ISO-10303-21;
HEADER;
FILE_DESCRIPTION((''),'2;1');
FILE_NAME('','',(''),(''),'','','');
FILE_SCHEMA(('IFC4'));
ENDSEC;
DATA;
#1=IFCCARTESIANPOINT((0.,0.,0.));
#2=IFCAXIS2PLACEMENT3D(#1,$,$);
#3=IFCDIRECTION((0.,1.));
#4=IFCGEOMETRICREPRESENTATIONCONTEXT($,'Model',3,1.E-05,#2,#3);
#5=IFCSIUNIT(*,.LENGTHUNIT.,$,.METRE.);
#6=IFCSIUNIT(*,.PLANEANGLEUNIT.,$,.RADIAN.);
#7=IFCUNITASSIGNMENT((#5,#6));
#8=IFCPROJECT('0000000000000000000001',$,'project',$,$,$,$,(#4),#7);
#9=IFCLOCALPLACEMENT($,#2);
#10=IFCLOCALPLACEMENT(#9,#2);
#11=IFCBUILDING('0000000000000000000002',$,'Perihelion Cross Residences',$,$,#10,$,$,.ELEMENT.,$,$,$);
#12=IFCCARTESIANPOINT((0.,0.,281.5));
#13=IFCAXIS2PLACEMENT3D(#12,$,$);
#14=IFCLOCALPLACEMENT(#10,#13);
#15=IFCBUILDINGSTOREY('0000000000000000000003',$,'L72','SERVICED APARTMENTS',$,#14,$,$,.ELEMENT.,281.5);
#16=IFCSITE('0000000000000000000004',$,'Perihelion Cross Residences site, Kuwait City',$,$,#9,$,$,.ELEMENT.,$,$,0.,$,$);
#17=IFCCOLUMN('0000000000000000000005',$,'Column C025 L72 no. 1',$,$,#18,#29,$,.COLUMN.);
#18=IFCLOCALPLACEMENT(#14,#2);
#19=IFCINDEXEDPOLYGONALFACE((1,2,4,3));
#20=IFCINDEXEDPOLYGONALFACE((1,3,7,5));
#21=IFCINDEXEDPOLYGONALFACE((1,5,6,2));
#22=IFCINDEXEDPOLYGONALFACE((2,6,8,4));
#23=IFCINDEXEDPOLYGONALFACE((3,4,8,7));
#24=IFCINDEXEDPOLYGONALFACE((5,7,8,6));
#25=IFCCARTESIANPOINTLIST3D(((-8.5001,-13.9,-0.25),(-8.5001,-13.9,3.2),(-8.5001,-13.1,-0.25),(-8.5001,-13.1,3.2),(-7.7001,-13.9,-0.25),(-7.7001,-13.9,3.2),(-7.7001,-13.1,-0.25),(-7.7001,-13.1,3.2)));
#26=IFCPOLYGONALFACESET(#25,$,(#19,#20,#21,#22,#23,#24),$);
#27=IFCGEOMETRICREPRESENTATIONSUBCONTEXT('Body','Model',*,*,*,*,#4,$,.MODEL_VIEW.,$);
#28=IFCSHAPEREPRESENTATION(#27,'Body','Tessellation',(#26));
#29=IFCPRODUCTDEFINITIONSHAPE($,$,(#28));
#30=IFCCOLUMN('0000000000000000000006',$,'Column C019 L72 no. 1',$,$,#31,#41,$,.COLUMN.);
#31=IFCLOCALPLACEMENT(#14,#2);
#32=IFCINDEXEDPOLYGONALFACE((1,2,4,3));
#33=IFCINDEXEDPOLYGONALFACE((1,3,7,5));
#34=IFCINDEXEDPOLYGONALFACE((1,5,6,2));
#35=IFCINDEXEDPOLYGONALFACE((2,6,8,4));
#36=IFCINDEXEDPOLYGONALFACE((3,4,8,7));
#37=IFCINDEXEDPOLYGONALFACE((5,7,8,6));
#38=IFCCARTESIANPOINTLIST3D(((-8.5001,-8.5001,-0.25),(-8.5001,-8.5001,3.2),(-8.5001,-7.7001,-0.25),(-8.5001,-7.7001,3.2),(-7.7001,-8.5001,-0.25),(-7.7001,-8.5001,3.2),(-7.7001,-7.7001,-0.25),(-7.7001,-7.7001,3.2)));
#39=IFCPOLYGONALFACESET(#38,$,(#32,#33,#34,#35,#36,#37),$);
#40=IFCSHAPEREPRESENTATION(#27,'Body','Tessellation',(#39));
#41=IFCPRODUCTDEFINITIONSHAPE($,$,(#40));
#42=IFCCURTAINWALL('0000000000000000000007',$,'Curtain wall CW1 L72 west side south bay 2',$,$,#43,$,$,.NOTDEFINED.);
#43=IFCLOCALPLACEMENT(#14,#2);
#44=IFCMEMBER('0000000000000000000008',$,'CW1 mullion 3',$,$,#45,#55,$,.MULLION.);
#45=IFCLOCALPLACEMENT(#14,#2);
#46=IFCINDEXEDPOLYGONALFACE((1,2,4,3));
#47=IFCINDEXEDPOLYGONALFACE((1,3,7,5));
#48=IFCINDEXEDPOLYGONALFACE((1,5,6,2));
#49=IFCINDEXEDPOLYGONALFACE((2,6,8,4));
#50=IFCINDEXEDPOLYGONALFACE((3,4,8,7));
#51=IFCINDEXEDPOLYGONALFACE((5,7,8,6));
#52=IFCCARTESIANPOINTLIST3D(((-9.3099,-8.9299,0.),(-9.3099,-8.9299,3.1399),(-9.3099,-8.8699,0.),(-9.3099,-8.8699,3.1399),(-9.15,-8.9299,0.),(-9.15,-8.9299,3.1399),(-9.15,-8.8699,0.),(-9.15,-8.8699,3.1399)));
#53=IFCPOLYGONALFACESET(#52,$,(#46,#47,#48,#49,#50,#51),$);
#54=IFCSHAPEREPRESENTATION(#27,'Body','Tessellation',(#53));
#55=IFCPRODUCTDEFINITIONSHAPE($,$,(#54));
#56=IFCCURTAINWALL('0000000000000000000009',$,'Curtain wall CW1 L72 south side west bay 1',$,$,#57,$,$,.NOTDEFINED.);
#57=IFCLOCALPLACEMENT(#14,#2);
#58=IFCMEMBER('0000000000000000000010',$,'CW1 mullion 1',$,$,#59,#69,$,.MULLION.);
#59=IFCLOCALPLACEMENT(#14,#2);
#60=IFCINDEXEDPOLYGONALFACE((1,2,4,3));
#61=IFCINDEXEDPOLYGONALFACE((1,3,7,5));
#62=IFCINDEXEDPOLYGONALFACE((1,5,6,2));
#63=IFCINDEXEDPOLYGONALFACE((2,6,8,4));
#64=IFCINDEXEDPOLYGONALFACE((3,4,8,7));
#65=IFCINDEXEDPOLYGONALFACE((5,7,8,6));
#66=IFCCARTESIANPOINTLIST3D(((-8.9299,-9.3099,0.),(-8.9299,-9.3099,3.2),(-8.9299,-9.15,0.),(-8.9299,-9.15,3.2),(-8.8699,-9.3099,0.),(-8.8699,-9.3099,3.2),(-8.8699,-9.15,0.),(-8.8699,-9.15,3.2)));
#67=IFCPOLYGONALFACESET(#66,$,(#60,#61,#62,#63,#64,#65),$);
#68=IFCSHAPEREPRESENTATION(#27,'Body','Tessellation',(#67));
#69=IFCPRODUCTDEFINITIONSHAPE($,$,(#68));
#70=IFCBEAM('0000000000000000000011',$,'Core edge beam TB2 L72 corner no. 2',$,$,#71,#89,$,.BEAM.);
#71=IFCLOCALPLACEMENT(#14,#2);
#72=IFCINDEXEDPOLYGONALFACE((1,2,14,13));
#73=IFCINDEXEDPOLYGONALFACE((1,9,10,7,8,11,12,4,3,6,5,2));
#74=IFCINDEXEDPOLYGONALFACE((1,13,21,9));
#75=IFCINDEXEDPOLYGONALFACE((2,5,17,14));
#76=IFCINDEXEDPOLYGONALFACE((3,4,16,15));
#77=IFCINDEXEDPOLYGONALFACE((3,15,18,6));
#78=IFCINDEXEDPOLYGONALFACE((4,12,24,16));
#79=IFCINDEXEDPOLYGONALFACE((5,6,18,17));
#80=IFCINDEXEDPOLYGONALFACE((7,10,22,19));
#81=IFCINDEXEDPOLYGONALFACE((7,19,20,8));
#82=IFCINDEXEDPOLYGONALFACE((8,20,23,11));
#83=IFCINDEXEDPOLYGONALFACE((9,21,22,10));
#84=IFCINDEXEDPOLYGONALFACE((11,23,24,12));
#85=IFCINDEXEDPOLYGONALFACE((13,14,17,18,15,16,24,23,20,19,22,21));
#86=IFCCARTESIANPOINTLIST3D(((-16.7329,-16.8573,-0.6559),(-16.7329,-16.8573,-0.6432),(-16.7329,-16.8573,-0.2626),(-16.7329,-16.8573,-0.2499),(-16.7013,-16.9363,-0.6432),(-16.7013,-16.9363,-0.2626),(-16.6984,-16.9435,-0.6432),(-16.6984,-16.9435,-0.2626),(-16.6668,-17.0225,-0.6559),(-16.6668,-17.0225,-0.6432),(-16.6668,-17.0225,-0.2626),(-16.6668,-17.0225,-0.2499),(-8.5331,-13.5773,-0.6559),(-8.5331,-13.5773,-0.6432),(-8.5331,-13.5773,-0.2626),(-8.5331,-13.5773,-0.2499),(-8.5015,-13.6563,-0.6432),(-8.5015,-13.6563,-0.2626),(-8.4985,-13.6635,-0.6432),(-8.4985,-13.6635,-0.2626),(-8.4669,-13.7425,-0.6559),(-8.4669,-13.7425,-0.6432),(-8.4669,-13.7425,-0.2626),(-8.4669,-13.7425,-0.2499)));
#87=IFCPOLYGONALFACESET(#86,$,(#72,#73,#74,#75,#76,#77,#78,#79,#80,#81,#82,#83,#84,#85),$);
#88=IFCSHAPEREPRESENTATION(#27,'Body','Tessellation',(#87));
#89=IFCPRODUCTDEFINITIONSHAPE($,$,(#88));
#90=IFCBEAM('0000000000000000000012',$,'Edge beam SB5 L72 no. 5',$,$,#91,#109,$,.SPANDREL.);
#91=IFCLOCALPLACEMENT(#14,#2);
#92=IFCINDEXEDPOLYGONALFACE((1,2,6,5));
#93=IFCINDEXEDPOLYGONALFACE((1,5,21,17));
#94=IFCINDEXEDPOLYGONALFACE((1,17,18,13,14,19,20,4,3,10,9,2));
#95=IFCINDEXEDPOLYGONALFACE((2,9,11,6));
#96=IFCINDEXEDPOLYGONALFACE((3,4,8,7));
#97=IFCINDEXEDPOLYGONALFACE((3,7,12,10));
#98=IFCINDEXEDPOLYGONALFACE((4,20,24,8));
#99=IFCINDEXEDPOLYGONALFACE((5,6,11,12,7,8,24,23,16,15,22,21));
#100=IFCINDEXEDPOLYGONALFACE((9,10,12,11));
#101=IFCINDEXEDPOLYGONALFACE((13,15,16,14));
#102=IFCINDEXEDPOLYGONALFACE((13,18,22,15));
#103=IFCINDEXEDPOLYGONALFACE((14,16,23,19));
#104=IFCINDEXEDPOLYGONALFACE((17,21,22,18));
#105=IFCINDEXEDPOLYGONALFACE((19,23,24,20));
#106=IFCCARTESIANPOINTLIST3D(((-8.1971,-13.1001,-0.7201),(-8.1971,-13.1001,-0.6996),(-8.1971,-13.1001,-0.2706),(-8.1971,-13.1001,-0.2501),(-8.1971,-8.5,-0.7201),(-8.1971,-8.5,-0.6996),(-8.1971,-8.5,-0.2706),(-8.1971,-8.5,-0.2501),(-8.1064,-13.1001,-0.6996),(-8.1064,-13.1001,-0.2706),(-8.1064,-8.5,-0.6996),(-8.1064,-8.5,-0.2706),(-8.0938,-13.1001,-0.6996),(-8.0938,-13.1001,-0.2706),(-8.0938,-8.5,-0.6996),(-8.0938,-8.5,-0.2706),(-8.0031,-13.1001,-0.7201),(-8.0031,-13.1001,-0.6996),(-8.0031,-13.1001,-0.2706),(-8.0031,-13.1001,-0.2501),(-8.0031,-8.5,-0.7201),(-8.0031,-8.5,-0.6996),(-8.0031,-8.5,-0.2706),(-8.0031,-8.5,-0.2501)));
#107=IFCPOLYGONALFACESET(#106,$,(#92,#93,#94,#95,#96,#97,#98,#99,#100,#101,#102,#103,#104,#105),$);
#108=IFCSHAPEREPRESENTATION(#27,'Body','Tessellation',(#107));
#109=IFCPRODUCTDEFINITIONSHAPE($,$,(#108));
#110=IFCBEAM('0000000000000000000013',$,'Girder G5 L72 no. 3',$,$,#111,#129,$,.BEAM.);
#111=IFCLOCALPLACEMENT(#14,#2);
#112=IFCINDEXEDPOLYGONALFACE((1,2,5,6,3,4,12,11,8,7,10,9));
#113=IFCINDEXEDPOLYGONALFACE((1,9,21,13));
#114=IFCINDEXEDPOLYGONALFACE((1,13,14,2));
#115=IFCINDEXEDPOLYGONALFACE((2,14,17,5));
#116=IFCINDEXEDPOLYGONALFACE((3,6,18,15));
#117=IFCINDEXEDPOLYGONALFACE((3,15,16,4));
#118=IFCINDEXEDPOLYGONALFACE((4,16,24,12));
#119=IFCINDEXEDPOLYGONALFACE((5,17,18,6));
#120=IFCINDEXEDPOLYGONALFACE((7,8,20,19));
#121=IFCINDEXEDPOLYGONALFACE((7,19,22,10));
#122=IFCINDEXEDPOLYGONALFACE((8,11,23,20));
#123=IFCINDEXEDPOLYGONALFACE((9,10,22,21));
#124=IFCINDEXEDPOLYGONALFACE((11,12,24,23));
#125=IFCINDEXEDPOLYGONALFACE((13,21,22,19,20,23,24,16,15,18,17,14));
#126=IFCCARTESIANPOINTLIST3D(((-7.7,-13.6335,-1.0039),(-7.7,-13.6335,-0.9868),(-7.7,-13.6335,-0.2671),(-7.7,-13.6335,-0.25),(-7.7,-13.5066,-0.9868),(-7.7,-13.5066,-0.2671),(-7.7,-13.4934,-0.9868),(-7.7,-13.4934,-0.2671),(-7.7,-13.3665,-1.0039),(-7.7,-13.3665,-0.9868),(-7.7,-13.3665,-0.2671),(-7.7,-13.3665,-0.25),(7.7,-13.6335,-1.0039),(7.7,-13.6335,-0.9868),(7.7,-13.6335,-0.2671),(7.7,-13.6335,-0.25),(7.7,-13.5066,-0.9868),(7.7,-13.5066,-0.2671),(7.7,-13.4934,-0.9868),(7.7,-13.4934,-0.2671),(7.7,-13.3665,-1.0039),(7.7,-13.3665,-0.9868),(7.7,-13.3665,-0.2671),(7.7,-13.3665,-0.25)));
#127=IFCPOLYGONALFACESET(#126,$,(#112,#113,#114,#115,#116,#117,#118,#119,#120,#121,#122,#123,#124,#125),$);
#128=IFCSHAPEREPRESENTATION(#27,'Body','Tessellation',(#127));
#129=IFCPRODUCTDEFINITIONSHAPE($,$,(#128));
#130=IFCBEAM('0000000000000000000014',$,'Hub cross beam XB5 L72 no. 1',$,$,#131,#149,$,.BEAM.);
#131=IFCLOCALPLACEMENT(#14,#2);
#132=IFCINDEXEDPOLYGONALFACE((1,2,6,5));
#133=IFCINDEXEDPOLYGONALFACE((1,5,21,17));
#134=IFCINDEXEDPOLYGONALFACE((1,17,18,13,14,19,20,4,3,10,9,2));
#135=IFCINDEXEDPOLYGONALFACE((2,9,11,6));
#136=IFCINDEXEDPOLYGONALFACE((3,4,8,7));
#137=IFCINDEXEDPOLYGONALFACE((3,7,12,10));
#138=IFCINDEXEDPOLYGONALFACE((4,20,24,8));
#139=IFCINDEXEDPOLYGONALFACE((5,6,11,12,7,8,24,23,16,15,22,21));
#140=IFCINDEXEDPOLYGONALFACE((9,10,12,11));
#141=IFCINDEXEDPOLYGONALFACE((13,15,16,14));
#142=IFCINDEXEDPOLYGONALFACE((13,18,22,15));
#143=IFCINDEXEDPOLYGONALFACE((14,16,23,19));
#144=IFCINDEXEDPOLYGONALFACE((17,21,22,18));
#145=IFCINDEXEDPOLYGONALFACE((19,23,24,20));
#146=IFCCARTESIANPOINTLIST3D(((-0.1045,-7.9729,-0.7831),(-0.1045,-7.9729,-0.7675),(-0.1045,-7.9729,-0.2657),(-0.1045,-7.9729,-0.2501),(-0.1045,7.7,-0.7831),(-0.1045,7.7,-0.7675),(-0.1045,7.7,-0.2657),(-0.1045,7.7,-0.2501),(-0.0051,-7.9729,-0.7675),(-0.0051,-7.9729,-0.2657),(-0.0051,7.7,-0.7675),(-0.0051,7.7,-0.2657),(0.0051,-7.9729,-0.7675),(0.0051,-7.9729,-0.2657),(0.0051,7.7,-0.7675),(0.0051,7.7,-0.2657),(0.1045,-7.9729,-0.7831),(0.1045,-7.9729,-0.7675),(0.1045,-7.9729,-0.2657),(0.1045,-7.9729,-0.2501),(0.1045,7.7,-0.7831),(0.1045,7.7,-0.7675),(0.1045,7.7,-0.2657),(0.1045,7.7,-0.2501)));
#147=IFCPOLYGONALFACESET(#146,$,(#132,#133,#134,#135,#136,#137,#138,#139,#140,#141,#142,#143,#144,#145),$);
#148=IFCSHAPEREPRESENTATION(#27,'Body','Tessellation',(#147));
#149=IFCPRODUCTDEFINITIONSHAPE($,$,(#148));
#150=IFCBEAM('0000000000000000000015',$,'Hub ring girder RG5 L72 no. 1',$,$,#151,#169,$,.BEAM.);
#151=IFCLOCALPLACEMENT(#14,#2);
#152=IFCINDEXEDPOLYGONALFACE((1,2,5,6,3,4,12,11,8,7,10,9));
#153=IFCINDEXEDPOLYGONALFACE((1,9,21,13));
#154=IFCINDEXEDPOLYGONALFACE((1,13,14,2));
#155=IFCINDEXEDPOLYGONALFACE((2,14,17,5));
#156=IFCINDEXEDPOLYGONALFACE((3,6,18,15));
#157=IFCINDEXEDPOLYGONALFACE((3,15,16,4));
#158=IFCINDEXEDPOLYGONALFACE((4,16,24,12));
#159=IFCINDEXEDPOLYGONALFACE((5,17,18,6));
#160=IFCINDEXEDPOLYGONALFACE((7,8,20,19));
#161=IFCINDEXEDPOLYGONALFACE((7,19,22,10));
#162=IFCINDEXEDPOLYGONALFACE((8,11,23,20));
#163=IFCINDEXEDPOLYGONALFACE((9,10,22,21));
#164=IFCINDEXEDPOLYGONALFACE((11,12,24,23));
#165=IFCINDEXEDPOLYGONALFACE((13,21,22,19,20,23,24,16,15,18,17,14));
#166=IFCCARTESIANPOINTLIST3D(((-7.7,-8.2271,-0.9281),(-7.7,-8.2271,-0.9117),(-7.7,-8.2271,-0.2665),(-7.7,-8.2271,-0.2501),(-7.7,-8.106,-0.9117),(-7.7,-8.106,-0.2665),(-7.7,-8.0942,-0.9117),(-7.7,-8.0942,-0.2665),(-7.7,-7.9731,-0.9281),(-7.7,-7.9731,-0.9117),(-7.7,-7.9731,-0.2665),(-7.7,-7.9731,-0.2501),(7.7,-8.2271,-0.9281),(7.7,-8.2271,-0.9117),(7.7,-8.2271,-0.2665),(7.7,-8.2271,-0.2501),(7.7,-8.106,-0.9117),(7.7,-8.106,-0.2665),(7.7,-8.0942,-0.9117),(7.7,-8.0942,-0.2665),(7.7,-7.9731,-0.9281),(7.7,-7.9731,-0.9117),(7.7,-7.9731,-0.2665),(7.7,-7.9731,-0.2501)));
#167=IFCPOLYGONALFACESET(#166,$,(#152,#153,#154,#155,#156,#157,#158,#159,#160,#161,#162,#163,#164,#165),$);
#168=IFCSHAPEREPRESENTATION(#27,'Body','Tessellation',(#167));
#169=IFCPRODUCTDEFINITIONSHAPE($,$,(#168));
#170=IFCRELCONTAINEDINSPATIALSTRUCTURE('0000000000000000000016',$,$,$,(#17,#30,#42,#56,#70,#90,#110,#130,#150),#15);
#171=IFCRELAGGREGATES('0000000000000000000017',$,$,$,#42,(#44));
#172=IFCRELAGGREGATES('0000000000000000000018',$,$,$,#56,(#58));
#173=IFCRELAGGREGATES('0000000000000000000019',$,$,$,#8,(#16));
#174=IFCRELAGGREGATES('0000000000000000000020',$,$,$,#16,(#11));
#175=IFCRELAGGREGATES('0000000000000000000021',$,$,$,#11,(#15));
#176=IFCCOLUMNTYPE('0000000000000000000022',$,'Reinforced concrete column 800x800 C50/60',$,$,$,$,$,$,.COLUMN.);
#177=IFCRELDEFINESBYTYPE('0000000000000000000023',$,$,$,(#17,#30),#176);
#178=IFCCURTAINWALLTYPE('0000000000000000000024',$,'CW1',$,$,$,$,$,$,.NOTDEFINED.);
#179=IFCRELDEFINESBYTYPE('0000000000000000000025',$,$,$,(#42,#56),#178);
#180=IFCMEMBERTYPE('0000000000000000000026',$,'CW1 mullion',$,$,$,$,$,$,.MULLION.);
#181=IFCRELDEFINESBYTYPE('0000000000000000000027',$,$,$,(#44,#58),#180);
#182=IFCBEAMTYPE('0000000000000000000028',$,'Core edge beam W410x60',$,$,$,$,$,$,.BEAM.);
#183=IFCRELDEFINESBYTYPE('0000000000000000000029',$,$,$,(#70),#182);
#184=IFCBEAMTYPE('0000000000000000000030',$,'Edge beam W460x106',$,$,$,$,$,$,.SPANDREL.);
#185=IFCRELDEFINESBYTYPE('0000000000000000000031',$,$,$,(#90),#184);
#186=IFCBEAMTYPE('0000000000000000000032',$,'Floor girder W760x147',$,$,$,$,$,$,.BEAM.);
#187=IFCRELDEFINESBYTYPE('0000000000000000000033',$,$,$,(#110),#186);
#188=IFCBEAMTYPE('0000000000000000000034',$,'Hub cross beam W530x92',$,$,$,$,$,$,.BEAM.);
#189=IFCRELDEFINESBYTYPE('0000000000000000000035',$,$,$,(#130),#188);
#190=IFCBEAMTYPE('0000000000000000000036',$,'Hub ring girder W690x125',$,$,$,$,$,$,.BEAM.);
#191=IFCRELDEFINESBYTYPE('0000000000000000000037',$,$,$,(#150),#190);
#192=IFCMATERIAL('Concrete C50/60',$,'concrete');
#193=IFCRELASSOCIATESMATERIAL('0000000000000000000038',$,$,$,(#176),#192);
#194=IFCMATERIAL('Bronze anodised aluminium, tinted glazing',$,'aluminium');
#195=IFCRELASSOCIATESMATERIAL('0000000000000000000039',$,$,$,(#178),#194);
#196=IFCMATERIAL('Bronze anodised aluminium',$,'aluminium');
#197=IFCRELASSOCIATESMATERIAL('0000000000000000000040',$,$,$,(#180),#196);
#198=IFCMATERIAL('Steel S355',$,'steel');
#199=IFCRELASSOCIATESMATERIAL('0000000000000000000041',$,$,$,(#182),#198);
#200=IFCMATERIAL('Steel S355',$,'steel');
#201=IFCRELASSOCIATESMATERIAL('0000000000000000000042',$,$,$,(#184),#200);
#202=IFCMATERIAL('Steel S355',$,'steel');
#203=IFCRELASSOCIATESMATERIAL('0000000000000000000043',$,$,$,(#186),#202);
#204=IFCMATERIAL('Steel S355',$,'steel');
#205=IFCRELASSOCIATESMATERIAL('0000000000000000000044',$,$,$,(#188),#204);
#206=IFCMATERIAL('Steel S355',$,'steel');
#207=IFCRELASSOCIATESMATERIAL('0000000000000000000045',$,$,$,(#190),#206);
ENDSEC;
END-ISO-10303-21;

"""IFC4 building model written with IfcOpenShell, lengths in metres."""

from ifc_helpers import new_model, si_unit, direction, frame, origin, origin_2d, place, context, subcontext, project, spatial, rectangle, i_section, extrude, material, material_profile, profile_set, type_object, element, aggregate, save


model = new_model("IFC4")

# Units and contexts
model_context = context("Model", 3, precision=1e-05, world=origin(), true_north=direction((0.0, 1.0)))
body_context = subcontext(model_context, "Body", "Model", "MODEL_VIEW")
ifc_project = project(units=[si_unit("LENGTHUNIT", "METRE"), si_unit("PLANEANGLEUNIT", "RADIAN")], contexts=[model_context])

# Site, building, storey
site_placement = place(None, origin())
site = spatial("IfcSite", under=ifc_project, at=site_placement, Name="Perihelion Cross Residences site, Kuwait City", CompositionType="ELEMENT", RefElevation=0.0)
building_placement = place(site_placement, origin())
building = spatial("IfcBuilding", under=site, at=building_placement, Name="Perihelion Cross Residences", CompositionType="ELEMENT")
storey_placement = place(building_placement, frame((0.0, 0.0, 281.5)))
storey = spatial("IfcBuildingStorey", under=building, at=storey_placement, Name="L72", Description="SERVICED APARTMENTS", CompositionType="ELEMENT", Elevation=281.5)

# Columns
ifc_material_1 = material(Name="Concrete C50/60", Category="concrete")
ifc_material_profile_1 = material_profile(ifc_material_1, rectangle(XDim=0.8, YDim=0.8, at=origin_2d()), Name="RC 800x800")
ifc_profile_set_1 = profile_set([ifc_material_profile_1], Name="Concrete C50/60")
column_type = type_object("IfcColumnType", Name="Reinforced concrete column 800x800 C50/60", PredefinedType="COLUMN", material=ifc_profile_set_1)
for number, where, z_axis, x_axis, name in (
    (1, (-8.1001, -13.5, -0.25), (0.0, 0.0, 1.0), (1.0, 0.0, 0.0), "Column C025 L72 no. 1"),
    (2, (-8.1001, -8.1001, -0.25), (0.0, 0.0, 1.0), (1.0, 0.0, 0.0), "Column C019 L72 no. 1"),
):
    element("IfcColumn", number, at=place(storey_placement, frame(where, z_axis=z_axis, x_axis=x_axis)), inside=storey, type_object=column_type, Name=name, PredefinedType="COLUMN", context=body_context, shape_type="SweptSolid", body=[
        extrude(rectangle(XDim=0.8, YDim=0.8, at=origin_2d()), origin(), (0.0, 0.0, 1.0), 3.45),
    ])

# Curtain walls, members
ifc_material_2 = material(Name="Bronze anodised aluminium, tinted glazing", Category="aluminium")
curtain_wall_type = type_object("IfcCurtainWallType", Name="CW1", PredefinedType="NOTDEFINED", material=ifc_material_2)
curtain_wall_1_placement = place(storey_placement, origin())
curtain_wall_1 = element("IfcCurtainWall", 3, at=curtain_wall_1_placement, inside=storey, type_object=curtain_wall_type, Name="Curtain wall CW1 L72 west side south bay 2", PredefinedType="NOTDEFINED")
ifc_material_3 = material(Name="Bronze anodised aluminium", Category="aluminium")
ifc_material_profile_2 = material_profile(ifc_material_3, rectangle(XDim=0.0601, YDim=0.1599, at=origin_2d()), Name="CW1 mullion")
ifc_profile_set_2 = profile_set([ifc_material_profile_2], Name="Bronze anodised aluminium")
member_type = type_object("IfcMemberType", Name="CW1 mullion", PredefinedType="MULLION", material=ifc_profile_set_2)
member_1_placement = place(storey_placement, frame((-9.23, -8.8999, 0.0), z_axis=(0.0, 0.0, 1.0), x_axis=(0.0, 1.0, 0.0)))
member_1 = element("IfcMember", 4, at=member_1_placement, type_object=member_type, Name="CW1 mullion 3", PredefinedType="MULLION", context=body_context, shape_type="SweptSolid", body=[
    extrude(rectangle(XDim=0.0601, YDim=0.1599, at=origin_2d()), origin(), (0.0, 0.0, 1.0), 3.1399),
])
curtain_wall_2_placement = place(storey_placement, origin())
curtain_wall_2 = element("IfcCurtainWall", 5, at=curtain_wall_2_placement, inside=storey, type_object=curtain_wall_type, Name="Curtain wall CW1 L72 south side west bay 1", PredefinedType="NOTDEFINED")
member_2_placement = place(storey_placement, frame((-8.8999, -9.23, 0.0), z_axis=(0.0, 0.0, 1.0), x_axis=(1.0, 0.0, 0.0)))
member_2 = element("IfcMember", 6, at=member_2_placement, type_object=member_type, Name="CW1 mullion 1", PredefinedType="MULLION", context=body_context, shape_type="SweptSolid", body=[
    extrude(rectangle(XDim=0.0601, YDim=0.1599, at=origin_2d()), origin(), (0.0, 0.0, 1.0), 3.2),
])

# Beams
ifc_material_4 = material(Name="Steel S355", Category="steel")
ifc_material_profile_3 = material_profile(ifc_material_4, i_section(OverallWidth=0.178, OverallDepth=0.406, WebThickness=0.0078, FlangeThickness=0.0127, at=origin_2d()), Name="W410x60")
ifc_profile_set_3 = profile_set([ifc_material_profile_3], Name="Steel S355")
beam_type_1 = type_object("IfcBeamType", Name="Core edge beam W410x60", PredefinedType="BEAM", material=ifc_profile_set_3)
beam_1_placement = place(storey_placement, frame((-8.5, -13.6599, -0.4529), z_axis=(-0.928475, -0.371395, 0.0), x_axis=(0.371395, -0.928475, 0.0)))
element("IfcBeam", 7, at=beam_1_placement, inside=storey, type_object=beam_type_1, Name="Core edge beam TB2 L72 corner no. 2", PredefinedType="BEAM", context=body_context, shape_type="SweptSolid", body=[
    extrude(i_section(OverallWidth=0.178, OverallDepth=0.406, WebThickness=0.0078, FlangeThickness=0.0127, at=origin_2d()), origin(), (0.0, 0.0, 1.0), 8.8315),
])
ifc_material_5 = material(Name="Steel S355", Category="steel")
ifc_material_profile_4 = material_profile(ifc_material_5, i_section(OverallWidth=0.1941, OverallDepth=0.47, WebThickness=0.0127, FlangeThickness=0.0205, at=origin_2d()), Name="W460x106")
ifc_profile_set_4 = profile_set([ifc_material_profile_4], Name="Steel S355")
beam_type_2 = type_object("IfcBeamType", Name="Edge beam W460x106", PredefinedType="SPANDREL", material=ifc_profile_set_4)
beam_2_placement = place(storey_placement, frame((-8.1001, -8.5, -0.4851), z_axis=(0.0, -1.0, 0.0), x_axis=(1.0, 0.0, 0.0)))
element("IfcBeam", 8, at=beam_2_placement, inside=storey, type_object=beam_type_2, Name="Edge beam SB5 L72 no. 5", PredefinedType="SPANDREL", context=body_context, shape_type="SweptSolid", body=[
    extrude(i_section(OverallWidth=0.1941, OverallDepth=0.47, WebThickness=0.0127, FlangeThickness=0.0205, at=origin_2d()), origin(), (0.0, 0.0, 1.0), 4.6001),
])
ifc_material_6 = material(Name="Steel S355", Category="steel")
ifc_material_profile_5 = material_profile(ifc_material_6, i_section(OverallWidth=0.2671, OverallDepth=0.7539, WebThickness=0.0132, FlangeThickness=0.0171, at=origin_2d()), Name="W760x147")
ifc_profile_set_5 = profile_set([ifc_material_profile_5], Name="Steel S355")
beam_type_3 = type_object("IfcBeamType", Name="Floor girder W760x147", PredefinedType="BEAM", material=ifc_profile_set_5)
beam_3_placement = place(storey_placement, frame((-7.7, -13.5, -0.627), z_axis=(1.0, 0.0, 0.0), x_axis=(0.0, 1.0, 0.0)))
element("IfcBeam", 9, at=beam_3_placement, inside=storey, type_object=beam_type_3, Name="Girder G5 L72 no. 3", PredefinedType="BEAM", context=body_context, shape_type="SweptSolid", body=[
    extrude(i_section(OverallWidth=0.2671, OverallDepth=0.7539, WebThickness=0.0132, FlangeThickness=0.0171, at=origin_2d()), origin(), (0.0, 0.0, 1.0), 15.3999),
])
ifc_material_7 = material(Name="Steel S355", Category="steel")
ifc_material_profile_6 = material_profile(ifc_material_7, i_section(OverallWidth=0.209, OverallDepth=0.533, WebThickness=0.0103, FlangeThickness=0.0156, at=origin_2d()), Name="W530x92")
ifc_profile_set_6 = profile_set([ifc_material_profile_6], Name="Steel S355")
beam_type_4 = type_object("IfcBeamType", Name="Hub cross beam W530x92", PredefinedType="BEAM", material=ifc_profile_set_6)
beam_4_placement = place(storey_placement, frame((0.0, -7.9729, -0.5166), z_axis=(0.0, 1.0, 0.0), x_axis=(-1.0, 0.0, 0.0)))
element("IfcBeam", 10, at=beam_4_placement, inside=storey, type_object=beam_type_4, Name="Hub cross beam XB5 L72 no. 1", PredefinedType="BEAM", context=body_context, shape_type="SweptSolid", body=[
    extrude(i_section(OverallWidth=0.209, OverallDepth=0.533, WebThickness=0.0103, FlangeThickness=0.0156, at=origin_2d()), origin(), (0.0, 0.0, 1.0), 15.6729),
])
ifc_material_8 = material(Name="Steel S355", Category="steel")
ifc_material_profile_7 = material_profile(ifc_material_8, i_section(OverallWidth=0.2539, OverallDepth=0.678, WebThickness=0.0117, FlangeThickness=0.0164, at=origin_2d()), Name="W690x125")
ifc_profile_set_7 = profile_set([ifc_material_profile_7], Name="Steel S355")
beam_type_5 = type_object("IfcBeamType", Name="Hub ring girder W690x125", PredefinedType="BEAM", material=ifc_profile_set_7)
beam_5_placement = place(storey_placement, frame((-7.7, -8.1001, -0.5891), z_axis=(1.0, 0.0, 0.0), x_axis=(0.0, 1.0, 0.0)))
element("IfcBeam", 11, at=beam_5_placement, inside=storey, type_object=beam_type_5, Name="Hub ring girder RG5 L72 no. 1", PredefinedType="BEAM", context=body_context, shape_type="SweptSolid", body=[
    extrude(i_section(OverallWidth=0.2539, OverallDepth=0.678, WebThickness=0.0117, FlangeThickness=0.0164, at=origin_2d()), origin(), (0.0, 0.0, 1.0), 15.3999),
])

aggregate(curtain_wall_1, [member_1])
aggregate(curtain_wall_2, [member_2])

save(model, "model.ifc")
